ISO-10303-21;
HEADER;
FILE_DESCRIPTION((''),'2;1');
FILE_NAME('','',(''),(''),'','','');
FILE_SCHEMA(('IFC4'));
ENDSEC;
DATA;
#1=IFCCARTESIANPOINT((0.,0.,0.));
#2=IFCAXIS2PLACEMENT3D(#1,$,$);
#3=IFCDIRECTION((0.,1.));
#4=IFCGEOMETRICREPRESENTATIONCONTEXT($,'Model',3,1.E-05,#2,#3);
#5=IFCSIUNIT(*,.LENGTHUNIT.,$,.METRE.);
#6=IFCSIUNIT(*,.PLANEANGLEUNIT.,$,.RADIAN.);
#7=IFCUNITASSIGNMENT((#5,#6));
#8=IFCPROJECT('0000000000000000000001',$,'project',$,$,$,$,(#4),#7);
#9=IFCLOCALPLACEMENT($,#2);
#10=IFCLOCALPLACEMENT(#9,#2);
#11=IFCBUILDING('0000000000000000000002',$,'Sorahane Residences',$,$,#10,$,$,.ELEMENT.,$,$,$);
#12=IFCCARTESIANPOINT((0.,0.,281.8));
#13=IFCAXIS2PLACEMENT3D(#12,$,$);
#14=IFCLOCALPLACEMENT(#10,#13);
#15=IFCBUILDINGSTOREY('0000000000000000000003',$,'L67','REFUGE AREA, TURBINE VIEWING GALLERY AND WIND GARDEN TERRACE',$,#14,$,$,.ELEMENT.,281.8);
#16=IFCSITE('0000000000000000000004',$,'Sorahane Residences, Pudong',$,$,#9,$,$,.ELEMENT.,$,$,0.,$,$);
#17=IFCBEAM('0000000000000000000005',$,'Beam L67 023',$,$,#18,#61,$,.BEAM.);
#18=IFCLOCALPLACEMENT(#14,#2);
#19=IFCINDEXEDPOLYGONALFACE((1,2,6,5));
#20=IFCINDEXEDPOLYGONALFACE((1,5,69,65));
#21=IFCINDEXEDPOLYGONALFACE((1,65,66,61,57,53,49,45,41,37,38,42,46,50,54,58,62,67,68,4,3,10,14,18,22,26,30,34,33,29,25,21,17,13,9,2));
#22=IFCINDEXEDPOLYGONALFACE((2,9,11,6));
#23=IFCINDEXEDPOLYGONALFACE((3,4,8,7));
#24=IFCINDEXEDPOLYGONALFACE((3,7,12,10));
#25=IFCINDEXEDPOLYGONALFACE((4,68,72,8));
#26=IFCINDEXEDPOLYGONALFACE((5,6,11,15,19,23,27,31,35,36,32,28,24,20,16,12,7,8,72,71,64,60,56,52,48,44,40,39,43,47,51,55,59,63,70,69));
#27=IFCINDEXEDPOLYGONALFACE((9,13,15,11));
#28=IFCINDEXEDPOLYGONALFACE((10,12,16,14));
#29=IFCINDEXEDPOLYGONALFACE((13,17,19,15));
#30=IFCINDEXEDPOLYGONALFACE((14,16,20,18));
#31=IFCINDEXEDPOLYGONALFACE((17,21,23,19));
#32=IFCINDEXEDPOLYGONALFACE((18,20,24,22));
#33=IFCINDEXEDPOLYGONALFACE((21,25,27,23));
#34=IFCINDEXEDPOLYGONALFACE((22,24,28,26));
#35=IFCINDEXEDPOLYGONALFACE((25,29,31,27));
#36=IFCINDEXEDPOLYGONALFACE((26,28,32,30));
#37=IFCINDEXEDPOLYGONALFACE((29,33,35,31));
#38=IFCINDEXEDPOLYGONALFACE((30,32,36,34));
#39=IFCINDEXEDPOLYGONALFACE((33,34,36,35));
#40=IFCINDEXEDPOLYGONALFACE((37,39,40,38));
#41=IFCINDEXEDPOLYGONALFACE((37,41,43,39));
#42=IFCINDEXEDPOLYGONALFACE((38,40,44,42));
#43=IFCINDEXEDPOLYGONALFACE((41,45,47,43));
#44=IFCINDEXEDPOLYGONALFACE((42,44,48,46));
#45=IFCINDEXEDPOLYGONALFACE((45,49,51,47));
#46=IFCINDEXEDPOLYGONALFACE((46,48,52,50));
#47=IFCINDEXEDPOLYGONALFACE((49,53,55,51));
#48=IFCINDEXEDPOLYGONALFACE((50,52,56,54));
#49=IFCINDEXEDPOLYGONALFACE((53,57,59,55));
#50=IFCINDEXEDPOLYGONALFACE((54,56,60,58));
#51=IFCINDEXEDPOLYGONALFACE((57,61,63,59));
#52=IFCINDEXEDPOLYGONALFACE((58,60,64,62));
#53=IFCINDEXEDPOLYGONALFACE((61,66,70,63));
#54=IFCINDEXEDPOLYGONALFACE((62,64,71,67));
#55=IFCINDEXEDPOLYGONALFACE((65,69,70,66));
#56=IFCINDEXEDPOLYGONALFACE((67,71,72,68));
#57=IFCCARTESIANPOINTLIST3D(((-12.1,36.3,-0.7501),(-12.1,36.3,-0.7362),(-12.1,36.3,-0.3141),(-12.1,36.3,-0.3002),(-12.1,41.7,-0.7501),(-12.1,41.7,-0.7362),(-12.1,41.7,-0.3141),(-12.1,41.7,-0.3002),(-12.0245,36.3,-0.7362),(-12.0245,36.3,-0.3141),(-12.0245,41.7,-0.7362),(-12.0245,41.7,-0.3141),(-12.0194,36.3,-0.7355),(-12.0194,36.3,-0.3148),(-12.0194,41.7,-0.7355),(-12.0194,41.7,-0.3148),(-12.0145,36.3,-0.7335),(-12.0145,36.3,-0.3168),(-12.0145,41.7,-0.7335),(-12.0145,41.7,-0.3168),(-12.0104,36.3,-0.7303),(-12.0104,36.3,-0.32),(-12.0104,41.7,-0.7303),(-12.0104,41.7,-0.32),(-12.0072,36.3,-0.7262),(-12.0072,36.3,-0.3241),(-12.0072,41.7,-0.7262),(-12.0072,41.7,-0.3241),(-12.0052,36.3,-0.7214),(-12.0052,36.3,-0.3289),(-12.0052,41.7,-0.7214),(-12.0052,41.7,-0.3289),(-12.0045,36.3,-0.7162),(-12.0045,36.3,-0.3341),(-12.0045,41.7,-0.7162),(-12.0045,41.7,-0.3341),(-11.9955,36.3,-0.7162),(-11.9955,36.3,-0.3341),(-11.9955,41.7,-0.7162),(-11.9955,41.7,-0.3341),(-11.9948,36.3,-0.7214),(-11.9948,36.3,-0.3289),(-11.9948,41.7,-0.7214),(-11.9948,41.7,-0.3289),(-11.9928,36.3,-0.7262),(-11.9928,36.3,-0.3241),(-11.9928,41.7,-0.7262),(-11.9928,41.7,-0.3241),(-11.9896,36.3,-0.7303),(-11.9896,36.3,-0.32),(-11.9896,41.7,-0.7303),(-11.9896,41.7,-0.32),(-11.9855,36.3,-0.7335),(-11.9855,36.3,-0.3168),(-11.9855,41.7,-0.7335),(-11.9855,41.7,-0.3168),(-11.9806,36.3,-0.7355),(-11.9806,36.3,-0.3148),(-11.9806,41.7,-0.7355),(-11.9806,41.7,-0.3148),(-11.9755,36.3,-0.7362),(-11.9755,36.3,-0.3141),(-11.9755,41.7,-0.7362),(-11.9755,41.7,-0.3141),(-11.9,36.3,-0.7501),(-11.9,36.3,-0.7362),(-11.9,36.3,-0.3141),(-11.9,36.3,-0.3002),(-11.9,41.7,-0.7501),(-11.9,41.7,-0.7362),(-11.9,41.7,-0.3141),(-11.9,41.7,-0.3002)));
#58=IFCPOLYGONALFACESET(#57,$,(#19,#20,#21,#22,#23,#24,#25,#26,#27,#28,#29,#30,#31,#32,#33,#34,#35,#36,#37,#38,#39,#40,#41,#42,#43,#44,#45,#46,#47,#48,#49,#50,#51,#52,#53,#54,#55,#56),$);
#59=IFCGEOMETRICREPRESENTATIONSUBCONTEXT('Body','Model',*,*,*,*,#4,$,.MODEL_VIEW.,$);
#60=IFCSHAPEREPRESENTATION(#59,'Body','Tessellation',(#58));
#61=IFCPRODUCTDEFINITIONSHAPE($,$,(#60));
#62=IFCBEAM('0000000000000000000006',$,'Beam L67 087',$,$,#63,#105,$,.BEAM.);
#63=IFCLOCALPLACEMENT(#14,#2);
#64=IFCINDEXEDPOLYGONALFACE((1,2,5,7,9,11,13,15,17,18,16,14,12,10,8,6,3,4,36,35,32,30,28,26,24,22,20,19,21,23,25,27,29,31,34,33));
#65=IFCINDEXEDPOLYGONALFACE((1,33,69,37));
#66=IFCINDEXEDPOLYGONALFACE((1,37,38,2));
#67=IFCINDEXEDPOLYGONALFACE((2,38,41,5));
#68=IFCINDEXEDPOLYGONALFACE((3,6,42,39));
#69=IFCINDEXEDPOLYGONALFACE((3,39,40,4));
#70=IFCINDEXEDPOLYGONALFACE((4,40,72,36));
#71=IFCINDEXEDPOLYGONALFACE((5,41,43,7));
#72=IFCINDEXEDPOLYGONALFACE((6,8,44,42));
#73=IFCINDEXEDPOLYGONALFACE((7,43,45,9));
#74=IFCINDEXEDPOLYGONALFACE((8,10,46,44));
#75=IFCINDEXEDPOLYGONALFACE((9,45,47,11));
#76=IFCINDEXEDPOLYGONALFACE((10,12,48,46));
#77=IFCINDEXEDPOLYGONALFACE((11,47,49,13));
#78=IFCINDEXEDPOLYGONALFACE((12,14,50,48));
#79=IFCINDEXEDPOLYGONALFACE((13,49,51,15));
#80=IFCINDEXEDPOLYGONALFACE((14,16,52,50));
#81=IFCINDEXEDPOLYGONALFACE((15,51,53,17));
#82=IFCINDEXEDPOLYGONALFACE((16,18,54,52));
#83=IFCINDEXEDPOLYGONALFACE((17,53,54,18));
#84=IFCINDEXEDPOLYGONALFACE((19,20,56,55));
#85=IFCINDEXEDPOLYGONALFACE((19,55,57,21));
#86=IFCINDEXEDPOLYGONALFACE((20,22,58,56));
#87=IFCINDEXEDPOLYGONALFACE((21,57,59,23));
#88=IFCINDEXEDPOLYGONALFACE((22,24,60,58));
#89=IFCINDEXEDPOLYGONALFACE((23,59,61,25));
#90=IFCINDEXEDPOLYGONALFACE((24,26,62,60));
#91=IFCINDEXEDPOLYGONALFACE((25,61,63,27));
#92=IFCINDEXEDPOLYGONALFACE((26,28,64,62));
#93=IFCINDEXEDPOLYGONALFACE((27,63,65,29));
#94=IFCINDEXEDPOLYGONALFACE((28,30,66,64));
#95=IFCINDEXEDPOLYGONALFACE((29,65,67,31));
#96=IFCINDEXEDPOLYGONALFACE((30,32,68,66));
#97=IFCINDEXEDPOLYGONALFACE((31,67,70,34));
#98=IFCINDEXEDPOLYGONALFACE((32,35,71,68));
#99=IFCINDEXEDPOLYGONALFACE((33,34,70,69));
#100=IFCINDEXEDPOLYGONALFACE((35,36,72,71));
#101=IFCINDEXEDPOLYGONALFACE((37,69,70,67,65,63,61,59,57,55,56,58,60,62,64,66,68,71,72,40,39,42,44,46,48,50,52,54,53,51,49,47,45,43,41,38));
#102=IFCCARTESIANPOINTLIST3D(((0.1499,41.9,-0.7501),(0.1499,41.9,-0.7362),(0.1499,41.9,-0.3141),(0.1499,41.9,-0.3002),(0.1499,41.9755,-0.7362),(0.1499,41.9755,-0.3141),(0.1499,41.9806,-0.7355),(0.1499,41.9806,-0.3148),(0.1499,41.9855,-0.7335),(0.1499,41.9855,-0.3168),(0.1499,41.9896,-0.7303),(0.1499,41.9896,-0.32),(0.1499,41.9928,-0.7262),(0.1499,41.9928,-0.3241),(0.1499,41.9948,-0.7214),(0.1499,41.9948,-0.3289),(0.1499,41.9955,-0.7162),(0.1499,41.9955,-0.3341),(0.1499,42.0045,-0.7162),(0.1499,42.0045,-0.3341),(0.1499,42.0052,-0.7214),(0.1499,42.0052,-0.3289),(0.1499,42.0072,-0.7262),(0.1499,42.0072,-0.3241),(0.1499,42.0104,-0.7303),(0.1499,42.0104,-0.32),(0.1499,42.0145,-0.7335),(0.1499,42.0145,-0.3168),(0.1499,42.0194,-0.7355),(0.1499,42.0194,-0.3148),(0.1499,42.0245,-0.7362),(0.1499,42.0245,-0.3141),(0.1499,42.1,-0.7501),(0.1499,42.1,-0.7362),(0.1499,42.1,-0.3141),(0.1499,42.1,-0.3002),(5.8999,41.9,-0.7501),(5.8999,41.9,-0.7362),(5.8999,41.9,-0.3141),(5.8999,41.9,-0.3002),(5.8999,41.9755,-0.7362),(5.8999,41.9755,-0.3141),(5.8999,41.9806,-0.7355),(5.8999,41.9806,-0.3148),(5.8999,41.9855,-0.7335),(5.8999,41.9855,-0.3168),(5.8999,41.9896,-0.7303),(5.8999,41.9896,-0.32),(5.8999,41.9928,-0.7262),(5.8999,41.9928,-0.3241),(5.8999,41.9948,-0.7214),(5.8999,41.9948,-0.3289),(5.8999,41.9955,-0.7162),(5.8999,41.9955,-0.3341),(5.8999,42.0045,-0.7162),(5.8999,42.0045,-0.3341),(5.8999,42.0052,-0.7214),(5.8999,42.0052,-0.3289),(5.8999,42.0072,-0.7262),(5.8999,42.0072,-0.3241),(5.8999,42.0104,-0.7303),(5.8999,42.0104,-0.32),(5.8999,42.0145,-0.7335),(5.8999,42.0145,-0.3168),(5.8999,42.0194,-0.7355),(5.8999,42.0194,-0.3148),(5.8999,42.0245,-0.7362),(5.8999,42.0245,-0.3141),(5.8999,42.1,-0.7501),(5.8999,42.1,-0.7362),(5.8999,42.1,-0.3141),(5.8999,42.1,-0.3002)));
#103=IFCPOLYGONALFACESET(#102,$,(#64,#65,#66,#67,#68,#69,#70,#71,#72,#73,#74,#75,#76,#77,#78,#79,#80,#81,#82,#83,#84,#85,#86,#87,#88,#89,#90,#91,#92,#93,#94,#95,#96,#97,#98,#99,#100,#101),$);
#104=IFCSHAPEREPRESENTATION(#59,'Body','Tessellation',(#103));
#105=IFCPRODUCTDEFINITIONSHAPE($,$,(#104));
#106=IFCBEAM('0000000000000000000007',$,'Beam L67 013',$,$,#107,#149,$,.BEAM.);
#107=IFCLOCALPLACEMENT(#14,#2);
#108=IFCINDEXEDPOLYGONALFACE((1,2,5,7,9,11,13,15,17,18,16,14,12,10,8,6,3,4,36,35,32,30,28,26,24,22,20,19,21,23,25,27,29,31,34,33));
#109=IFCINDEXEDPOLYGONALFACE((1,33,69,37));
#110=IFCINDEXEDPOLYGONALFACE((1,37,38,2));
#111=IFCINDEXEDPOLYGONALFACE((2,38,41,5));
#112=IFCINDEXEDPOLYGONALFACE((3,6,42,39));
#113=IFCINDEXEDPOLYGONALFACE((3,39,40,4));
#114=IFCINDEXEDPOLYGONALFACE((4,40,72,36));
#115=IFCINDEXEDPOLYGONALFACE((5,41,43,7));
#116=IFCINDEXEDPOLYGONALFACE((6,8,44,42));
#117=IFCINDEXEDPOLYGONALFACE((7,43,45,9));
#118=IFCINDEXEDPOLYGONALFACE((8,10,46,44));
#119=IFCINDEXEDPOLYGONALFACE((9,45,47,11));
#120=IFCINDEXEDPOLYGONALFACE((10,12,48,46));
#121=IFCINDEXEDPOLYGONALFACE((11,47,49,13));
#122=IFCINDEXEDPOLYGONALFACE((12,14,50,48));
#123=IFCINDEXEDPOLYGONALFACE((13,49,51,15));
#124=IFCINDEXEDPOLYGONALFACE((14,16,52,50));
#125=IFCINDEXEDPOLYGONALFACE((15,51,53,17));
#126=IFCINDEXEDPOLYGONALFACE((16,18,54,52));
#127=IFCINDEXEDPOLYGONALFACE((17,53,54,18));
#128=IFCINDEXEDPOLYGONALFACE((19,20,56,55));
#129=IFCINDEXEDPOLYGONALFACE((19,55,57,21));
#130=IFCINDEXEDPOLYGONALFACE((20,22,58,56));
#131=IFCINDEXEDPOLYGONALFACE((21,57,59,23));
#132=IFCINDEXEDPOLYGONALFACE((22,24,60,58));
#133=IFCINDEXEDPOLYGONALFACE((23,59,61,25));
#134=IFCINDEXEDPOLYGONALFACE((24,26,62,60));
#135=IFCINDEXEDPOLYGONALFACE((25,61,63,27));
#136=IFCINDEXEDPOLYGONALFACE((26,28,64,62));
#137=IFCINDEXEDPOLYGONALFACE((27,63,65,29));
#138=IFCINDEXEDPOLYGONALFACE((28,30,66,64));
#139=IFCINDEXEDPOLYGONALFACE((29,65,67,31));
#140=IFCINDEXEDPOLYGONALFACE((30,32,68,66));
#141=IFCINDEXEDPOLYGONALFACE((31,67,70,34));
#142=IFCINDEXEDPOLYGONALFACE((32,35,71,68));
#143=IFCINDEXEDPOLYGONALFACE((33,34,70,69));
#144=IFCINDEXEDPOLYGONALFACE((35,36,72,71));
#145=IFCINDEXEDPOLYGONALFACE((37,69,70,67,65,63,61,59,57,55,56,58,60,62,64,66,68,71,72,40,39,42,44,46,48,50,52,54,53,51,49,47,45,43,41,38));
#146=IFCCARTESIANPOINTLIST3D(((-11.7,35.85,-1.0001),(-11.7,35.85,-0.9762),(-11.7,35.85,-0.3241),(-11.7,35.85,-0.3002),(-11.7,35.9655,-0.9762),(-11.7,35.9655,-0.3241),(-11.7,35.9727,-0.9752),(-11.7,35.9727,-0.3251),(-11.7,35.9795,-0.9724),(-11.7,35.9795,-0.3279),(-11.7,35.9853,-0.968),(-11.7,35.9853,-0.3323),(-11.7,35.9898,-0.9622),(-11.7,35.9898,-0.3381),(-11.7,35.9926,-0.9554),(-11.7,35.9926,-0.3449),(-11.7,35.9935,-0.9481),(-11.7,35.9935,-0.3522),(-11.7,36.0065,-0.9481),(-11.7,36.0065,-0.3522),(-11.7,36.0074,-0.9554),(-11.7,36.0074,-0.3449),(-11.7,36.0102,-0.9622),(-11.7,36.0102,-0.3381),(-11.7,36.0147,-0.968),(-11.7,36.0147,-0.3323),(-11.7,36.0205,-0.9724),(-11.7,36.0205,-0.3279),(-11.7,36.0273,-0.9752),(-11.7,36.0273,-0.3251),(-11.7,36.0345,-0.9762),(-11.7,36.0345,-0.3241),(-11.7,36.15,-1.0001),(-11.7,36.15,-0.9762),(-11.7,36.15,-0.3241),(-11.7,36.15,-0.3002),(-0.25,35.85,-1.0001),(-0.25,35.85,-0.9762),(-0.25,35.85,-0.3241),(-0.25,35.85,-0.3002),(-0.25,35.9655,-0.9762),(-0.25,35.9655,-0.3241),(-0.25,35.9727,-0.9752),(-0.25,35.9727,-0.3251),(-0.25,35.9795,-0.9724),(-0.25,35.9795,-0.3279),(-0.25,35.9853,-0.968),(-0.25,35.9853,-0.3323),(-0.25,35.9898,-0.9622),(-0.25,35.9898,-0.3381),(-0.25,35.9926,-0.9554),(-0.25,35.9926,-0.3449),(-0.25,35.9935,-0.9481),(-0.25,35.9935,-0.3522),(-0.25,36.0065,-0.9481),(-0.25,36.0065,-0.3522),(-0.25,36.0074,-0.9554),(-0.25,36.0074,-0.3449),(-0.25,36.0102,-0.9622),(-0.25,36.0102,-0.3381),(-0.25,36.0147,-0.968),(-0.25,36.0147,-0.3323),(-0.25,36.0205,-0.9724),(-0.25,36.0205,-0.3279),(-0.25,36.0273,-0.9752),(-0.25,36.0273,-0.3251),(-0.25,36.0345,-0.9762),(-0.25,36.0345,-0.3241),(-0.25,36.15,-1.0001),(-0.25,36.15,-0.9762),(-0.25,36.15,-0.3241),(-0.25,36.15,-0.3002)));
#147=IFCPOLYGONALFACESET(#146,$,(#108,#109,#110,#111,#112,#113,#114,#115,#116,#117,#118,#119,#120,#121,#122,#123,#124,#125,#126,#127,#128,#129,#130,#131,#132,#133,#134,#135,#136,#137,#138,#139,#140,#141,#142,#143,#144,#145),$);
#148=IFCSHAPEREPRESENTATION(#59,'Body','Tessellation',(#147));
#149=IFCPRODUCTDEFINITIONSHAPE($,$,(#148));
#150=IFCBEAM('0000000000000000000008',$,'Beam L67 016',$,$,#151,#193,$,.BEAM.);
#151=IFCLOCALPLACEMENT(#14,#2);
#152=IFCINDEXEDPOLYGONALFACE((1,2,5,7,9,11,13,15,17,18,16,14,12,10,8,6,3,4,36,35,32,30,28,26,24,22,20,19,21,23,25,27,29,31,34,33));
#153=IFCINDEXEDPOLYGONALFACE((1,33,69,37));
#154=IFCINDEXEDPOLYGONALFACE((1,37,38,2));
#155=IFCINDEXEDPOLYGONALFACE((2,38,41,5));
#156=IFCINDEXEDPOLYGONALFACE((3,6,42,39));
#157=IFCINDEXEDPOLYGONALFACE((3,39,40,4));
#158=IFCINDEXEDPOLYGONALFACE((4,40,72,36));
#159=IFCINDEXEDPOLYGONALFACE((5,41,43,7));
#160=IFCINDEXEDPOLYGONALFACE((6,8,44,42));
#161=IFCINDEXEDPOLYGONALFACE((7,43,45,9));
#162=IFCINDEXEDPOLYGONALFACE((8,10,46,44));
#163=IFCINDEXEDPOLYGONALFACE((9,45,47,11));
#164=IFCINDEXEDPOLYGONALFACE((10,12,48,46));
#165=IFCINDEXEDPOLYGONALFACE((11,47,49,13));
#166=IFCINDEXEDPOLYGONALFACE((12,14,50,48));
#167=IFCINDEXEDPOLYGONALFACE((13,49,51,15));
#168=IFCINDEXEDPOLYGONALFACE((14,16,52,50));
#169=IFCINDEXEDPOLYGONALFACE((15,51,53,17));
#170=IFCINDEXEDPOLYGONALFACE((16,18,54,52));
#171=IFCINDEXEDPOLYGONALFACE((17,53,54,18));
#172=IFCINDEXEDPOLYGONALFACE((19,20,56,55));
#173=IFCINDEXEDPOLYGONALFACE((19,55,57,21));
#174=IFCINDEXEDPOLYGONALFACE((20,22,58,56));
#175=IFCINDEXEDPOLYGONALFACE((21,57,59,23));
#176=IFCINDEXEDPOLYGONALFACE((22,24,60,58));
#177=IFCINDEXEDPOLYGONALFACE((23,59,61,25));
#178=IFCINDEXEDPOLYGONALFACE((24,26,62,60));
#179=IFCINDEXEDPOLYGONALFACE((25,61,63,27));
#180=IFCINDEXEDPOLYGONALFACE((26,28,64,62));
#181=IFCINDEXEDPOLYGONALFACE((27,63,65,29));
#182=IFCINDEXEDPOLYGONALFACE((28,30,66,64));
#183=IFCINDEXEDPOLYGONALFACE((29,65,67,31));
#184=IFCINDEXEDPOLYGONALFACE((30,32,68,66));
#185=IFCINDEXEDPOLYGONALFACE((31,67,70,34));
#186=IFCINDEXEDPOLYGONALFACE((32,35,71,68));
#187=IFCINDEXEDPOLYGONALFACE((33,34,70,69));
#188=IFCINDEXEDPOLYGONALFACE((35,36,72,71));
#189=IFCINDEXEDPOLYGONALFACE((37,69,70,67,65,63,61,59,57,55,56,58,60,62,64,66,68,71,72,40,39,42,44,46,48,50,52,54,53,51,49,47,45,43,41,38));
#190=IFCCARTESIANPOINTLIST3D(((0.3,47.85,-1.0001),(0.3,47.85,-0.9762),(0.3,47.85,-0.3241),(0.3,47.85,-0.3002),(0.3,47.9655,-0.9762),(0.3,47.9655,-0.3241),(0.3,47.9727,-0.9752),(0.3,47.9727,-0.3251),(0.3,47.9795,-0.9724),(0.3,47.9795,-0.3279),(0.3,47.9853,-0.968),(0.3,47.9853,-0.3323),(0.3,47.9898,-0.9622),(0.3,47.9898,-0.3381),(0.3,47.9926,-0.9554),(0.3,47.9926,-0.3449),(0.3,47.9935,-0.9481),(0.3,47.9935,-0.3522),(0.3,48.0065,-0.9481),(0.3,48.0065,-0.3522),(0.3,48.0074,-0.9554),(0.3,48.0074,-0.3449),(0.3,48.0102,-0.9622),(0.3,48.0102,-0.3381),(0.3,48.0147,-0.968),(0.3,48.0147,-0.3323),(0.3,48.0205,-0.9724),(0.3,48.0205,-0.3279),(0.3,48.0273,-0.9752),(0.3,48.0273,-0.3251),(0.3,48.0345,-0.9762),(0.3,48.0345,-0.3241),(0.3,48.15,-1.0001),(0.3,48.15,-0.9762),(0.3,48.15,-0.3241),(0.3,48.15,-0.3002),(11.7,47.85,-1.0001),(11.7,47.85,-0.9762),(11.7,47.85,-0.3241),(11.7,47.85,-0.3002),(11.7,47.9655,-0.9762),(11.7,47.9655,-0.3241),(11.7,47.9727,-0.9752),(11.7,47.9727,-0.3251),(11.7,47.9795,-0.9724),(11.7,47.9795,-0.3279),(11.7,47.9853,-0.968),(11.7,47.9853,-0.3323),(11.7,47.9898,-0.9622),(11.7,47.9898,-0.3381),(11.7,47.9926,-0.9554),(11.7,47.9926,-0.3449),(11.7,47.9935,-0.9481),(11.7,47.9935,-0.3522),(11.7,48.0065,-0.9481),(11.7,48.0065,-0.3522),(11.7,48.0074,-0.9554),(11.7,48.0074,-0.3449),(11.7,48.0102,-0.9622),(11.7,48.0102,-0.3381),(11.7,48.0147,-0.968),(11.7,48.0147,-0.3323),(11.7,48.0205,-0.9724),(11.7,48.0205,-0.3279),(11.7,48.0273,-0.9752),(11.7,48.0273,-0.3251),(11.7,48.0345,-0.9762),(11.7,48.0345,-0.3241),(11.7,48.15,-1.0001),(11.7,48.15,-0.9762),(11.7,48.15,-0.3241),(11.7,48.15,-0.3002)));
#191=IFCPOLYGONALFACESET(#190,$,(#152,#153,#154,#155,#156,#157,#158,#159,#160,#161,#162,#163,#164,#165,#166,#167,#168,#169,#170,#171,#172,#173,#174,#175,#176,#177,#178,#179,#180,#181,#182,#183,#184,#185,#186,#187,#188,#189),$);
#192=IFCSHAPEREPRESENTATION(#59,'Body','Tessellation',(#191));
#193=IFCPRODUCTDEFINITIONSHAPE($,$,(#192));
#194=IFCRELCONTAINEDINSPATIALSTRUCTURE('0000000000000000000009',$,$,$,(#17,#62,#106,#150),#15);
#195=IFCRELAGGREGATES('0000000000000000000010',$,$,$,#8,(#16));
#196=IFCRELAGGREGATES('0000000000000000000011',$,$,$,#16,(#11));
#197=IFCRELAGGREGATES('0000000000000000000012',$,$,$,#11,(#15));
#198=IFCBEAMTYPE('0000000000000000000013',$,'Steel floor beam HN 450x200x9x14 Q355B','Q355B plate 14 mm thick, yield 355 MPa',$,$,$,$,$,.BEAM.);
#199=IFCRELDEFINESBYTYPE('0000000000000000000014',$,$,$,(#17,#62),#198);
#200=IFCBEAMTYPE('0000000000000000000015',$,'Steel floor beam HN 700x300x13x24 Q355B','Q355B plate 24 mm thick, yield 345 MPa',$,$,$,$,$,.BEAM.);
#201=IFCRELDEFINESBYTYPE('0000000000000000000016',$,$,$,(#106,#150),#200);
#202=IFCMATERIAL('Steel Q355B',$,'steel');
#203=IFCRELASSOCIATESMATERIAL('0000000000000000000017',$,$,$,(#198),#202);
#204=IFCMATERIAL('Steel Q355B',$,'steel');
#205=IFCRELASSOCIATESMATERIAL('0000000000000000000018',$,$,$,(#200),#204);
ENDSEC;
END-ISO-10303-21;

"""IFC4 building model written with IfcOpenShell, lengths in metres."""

from ifc_helpers import new_model, si_unit, direction, frame, origin, origin_2d, place, context, subcontext, project, spatial, i_section, extrude, material, material_profile, profile_set, type_object, element, save


model = new_model("IFC4")

# Units and contexts
model_context = context("Model", 3, precision=1e-05, world=origin(), true_north=direction((0.0, 1.0)))
body_context = subcontext(model_context, "Body", "Model", "MODEL_VIEW")
ifc_project = project(units=[si_unit("LENGTHUNIT", "METRE"), si_unit("PLANEANGLEUNIT", "RADIAN")], contexts=[model_context])

# Site, building, storey
site_placement = place(None, origin())
site = spatial("IfcSite", under=ifc_project, at=site_placement, Name="Sorahane Residences, Pudong", CompositionType="ELEMENT", RefElevation=0.0)
building_placement = place(site_placement, origin())
building = spatial("IfcBuilding", under=site, at=building_placement, Name="Sorahane Residences", CompositionType="ELEMENT")
storey_placement = place(building_placement, frame((0.0, 0.0, 281.8)))
storey = spatial("IfcBuildingStorey", under=building, at=storey_placement, Name="L67", Description="REFUGE AREA, TURBINE VIEWING GALLERY AND WIND GARDEN TERRACE", CompositionType="ELEMENT", Elevation=281.8)

# Beams
ifc_material_1 = material(Name="Steel Q355B", Category="steel")
ifc_material_profile_1 = material_profile(ifc_material_1, i_section(OverallWidth=0.2, OverallDepth=0.45, WebThickness=0.009, FlangeThickness=0.0139, FilletRadius=0.02, at=origin_2d()), Name="HN 450x200x9x14")
ifc_profile_set_1 = profile_set([ifc_material_profile_1], Name="Steel Q355B")
beam_type_1 = type_object("IfcBeamType", Name="Steel floor beam HN 450x200x9x14 Q355B", Description="Q355B plate 14 mm thick, yield 355 MPa", PredefinedType="BEAM", material=ifc_profile_set_1)
for number, where, z_axis, x_axis, name in (
    (1, (-12.0, 36.3, -0.5251), (0.0, 1.0, 0.0), (-1.0, 0.0, 0.0), "Beam L67 023"),
):
    element("IfcBeam", number, at=place(storey_placement, frame(where, z_axis=z_axis, x_axis=x_axis)), inside=storey, type_object=beam_type_1, Name=name, PredefinedType="BEAM", context=body_context, shape_type="SweptSolid", body=[
        extrude(i_section(OverallWidth=0.2, OverallDepth=0.45, WebThickness=0.009, FlangeThickness=0.0139, FilletRadius=0.02, at=origin_2d()), origin(), (0.0, 0.0, 1.0), 5.3999),
    ])
beam_1_placement = place(storey_placement, frame((0.1499, 42.0, -0.5251), z_axis=(1.0, 0.0, 0.0), x_axis=(0.0, 1.0, 0.0)))
element("IfcBeam", 2, at=beam_1_placement, inside=storey, type_object=beam_type_1, Name="Beam L67 087", PredefinedType="BEAM", context=body_context, shape_type="SweptSolid", body=[
    extrude(i_section(OverallWidth=0.2, OverallDepth=0.45, WebThickness=0.009, FlangeThickness=0.0139, FilletRadius=0.02, at=origin_2d()), origin(), (0.0, 0.0, 1.0), 5.75),
])
ifc_material_2 = material(Name="Steel Q355B", Category="steel")
ifc_material_profile_2 = material_profile(ifc_material_2, i_section(OverallWidth=0.3, OverallDepth=0.7, WebThickness=0.0129, FlangeThickness=0.0239, FilletRadius=0.0281, at=origin_2d()), Name="HN 700x300x13x24")
ifc_profile_set_2 = profile_set([ifc_material_profile_2], Name="Steel Q355B")
beam_type_2 = type_object("IfcBeamType", Name="Steel floor beam HN 700x300x13x24 Q355B", Description="Q355B plate 24 mm thick, yield 345 MPa", PredefinedType="BEAM", material=ifc_profile_set_2)
beam_2_placement = place(storey_placement, frame((-11.7, 36.0, -0.6501), z_axis=(1.0, 0.0, 0.0), x_axis=(0.0, 1.0, 0.0)))
element("IfcBeam", 3, at=beam_2_placement, inside=storey, type_object=beam_type_2, Name="Beam L67 013", PredefinedType="BEAM", context=body_context, shape_type="SweptSolid", body=[
    extrude(i_section(OverallWidth=0.3, OverallDepth=0.7, WebThickness=0.0129, FlangeThickness=0.0239, FilletRadius=0.0281, at=origin_2d()), origin(), (0.0, 0.0, 1.0), 11.45),
])
beam_3_placement = place(storey_placement, frame((0.3, 48.0, -0.6501), z_axis=(1.0, 0.0, 0.0), x_axis=(0.0, 1.0, 0.0)))
element("IfcBeam", 4, at=beam_3_placement, inside=storey, type_object=beam_type_2, Name="Beam L67 016", PredefinedType="BEAM", context=body_context, shape_type="SweptSolid", body=[
    extrude(i_section(OverallWidth=0.3, OverallDepth=0.7, WebThickness=0.0129, FlangeThickness=0.0239, FilletRadius=0.0281, at=origin_2d()), origin(), (0.0, 0.0, 1.0), 11.3999),
])

save(model, "model.ifc")
